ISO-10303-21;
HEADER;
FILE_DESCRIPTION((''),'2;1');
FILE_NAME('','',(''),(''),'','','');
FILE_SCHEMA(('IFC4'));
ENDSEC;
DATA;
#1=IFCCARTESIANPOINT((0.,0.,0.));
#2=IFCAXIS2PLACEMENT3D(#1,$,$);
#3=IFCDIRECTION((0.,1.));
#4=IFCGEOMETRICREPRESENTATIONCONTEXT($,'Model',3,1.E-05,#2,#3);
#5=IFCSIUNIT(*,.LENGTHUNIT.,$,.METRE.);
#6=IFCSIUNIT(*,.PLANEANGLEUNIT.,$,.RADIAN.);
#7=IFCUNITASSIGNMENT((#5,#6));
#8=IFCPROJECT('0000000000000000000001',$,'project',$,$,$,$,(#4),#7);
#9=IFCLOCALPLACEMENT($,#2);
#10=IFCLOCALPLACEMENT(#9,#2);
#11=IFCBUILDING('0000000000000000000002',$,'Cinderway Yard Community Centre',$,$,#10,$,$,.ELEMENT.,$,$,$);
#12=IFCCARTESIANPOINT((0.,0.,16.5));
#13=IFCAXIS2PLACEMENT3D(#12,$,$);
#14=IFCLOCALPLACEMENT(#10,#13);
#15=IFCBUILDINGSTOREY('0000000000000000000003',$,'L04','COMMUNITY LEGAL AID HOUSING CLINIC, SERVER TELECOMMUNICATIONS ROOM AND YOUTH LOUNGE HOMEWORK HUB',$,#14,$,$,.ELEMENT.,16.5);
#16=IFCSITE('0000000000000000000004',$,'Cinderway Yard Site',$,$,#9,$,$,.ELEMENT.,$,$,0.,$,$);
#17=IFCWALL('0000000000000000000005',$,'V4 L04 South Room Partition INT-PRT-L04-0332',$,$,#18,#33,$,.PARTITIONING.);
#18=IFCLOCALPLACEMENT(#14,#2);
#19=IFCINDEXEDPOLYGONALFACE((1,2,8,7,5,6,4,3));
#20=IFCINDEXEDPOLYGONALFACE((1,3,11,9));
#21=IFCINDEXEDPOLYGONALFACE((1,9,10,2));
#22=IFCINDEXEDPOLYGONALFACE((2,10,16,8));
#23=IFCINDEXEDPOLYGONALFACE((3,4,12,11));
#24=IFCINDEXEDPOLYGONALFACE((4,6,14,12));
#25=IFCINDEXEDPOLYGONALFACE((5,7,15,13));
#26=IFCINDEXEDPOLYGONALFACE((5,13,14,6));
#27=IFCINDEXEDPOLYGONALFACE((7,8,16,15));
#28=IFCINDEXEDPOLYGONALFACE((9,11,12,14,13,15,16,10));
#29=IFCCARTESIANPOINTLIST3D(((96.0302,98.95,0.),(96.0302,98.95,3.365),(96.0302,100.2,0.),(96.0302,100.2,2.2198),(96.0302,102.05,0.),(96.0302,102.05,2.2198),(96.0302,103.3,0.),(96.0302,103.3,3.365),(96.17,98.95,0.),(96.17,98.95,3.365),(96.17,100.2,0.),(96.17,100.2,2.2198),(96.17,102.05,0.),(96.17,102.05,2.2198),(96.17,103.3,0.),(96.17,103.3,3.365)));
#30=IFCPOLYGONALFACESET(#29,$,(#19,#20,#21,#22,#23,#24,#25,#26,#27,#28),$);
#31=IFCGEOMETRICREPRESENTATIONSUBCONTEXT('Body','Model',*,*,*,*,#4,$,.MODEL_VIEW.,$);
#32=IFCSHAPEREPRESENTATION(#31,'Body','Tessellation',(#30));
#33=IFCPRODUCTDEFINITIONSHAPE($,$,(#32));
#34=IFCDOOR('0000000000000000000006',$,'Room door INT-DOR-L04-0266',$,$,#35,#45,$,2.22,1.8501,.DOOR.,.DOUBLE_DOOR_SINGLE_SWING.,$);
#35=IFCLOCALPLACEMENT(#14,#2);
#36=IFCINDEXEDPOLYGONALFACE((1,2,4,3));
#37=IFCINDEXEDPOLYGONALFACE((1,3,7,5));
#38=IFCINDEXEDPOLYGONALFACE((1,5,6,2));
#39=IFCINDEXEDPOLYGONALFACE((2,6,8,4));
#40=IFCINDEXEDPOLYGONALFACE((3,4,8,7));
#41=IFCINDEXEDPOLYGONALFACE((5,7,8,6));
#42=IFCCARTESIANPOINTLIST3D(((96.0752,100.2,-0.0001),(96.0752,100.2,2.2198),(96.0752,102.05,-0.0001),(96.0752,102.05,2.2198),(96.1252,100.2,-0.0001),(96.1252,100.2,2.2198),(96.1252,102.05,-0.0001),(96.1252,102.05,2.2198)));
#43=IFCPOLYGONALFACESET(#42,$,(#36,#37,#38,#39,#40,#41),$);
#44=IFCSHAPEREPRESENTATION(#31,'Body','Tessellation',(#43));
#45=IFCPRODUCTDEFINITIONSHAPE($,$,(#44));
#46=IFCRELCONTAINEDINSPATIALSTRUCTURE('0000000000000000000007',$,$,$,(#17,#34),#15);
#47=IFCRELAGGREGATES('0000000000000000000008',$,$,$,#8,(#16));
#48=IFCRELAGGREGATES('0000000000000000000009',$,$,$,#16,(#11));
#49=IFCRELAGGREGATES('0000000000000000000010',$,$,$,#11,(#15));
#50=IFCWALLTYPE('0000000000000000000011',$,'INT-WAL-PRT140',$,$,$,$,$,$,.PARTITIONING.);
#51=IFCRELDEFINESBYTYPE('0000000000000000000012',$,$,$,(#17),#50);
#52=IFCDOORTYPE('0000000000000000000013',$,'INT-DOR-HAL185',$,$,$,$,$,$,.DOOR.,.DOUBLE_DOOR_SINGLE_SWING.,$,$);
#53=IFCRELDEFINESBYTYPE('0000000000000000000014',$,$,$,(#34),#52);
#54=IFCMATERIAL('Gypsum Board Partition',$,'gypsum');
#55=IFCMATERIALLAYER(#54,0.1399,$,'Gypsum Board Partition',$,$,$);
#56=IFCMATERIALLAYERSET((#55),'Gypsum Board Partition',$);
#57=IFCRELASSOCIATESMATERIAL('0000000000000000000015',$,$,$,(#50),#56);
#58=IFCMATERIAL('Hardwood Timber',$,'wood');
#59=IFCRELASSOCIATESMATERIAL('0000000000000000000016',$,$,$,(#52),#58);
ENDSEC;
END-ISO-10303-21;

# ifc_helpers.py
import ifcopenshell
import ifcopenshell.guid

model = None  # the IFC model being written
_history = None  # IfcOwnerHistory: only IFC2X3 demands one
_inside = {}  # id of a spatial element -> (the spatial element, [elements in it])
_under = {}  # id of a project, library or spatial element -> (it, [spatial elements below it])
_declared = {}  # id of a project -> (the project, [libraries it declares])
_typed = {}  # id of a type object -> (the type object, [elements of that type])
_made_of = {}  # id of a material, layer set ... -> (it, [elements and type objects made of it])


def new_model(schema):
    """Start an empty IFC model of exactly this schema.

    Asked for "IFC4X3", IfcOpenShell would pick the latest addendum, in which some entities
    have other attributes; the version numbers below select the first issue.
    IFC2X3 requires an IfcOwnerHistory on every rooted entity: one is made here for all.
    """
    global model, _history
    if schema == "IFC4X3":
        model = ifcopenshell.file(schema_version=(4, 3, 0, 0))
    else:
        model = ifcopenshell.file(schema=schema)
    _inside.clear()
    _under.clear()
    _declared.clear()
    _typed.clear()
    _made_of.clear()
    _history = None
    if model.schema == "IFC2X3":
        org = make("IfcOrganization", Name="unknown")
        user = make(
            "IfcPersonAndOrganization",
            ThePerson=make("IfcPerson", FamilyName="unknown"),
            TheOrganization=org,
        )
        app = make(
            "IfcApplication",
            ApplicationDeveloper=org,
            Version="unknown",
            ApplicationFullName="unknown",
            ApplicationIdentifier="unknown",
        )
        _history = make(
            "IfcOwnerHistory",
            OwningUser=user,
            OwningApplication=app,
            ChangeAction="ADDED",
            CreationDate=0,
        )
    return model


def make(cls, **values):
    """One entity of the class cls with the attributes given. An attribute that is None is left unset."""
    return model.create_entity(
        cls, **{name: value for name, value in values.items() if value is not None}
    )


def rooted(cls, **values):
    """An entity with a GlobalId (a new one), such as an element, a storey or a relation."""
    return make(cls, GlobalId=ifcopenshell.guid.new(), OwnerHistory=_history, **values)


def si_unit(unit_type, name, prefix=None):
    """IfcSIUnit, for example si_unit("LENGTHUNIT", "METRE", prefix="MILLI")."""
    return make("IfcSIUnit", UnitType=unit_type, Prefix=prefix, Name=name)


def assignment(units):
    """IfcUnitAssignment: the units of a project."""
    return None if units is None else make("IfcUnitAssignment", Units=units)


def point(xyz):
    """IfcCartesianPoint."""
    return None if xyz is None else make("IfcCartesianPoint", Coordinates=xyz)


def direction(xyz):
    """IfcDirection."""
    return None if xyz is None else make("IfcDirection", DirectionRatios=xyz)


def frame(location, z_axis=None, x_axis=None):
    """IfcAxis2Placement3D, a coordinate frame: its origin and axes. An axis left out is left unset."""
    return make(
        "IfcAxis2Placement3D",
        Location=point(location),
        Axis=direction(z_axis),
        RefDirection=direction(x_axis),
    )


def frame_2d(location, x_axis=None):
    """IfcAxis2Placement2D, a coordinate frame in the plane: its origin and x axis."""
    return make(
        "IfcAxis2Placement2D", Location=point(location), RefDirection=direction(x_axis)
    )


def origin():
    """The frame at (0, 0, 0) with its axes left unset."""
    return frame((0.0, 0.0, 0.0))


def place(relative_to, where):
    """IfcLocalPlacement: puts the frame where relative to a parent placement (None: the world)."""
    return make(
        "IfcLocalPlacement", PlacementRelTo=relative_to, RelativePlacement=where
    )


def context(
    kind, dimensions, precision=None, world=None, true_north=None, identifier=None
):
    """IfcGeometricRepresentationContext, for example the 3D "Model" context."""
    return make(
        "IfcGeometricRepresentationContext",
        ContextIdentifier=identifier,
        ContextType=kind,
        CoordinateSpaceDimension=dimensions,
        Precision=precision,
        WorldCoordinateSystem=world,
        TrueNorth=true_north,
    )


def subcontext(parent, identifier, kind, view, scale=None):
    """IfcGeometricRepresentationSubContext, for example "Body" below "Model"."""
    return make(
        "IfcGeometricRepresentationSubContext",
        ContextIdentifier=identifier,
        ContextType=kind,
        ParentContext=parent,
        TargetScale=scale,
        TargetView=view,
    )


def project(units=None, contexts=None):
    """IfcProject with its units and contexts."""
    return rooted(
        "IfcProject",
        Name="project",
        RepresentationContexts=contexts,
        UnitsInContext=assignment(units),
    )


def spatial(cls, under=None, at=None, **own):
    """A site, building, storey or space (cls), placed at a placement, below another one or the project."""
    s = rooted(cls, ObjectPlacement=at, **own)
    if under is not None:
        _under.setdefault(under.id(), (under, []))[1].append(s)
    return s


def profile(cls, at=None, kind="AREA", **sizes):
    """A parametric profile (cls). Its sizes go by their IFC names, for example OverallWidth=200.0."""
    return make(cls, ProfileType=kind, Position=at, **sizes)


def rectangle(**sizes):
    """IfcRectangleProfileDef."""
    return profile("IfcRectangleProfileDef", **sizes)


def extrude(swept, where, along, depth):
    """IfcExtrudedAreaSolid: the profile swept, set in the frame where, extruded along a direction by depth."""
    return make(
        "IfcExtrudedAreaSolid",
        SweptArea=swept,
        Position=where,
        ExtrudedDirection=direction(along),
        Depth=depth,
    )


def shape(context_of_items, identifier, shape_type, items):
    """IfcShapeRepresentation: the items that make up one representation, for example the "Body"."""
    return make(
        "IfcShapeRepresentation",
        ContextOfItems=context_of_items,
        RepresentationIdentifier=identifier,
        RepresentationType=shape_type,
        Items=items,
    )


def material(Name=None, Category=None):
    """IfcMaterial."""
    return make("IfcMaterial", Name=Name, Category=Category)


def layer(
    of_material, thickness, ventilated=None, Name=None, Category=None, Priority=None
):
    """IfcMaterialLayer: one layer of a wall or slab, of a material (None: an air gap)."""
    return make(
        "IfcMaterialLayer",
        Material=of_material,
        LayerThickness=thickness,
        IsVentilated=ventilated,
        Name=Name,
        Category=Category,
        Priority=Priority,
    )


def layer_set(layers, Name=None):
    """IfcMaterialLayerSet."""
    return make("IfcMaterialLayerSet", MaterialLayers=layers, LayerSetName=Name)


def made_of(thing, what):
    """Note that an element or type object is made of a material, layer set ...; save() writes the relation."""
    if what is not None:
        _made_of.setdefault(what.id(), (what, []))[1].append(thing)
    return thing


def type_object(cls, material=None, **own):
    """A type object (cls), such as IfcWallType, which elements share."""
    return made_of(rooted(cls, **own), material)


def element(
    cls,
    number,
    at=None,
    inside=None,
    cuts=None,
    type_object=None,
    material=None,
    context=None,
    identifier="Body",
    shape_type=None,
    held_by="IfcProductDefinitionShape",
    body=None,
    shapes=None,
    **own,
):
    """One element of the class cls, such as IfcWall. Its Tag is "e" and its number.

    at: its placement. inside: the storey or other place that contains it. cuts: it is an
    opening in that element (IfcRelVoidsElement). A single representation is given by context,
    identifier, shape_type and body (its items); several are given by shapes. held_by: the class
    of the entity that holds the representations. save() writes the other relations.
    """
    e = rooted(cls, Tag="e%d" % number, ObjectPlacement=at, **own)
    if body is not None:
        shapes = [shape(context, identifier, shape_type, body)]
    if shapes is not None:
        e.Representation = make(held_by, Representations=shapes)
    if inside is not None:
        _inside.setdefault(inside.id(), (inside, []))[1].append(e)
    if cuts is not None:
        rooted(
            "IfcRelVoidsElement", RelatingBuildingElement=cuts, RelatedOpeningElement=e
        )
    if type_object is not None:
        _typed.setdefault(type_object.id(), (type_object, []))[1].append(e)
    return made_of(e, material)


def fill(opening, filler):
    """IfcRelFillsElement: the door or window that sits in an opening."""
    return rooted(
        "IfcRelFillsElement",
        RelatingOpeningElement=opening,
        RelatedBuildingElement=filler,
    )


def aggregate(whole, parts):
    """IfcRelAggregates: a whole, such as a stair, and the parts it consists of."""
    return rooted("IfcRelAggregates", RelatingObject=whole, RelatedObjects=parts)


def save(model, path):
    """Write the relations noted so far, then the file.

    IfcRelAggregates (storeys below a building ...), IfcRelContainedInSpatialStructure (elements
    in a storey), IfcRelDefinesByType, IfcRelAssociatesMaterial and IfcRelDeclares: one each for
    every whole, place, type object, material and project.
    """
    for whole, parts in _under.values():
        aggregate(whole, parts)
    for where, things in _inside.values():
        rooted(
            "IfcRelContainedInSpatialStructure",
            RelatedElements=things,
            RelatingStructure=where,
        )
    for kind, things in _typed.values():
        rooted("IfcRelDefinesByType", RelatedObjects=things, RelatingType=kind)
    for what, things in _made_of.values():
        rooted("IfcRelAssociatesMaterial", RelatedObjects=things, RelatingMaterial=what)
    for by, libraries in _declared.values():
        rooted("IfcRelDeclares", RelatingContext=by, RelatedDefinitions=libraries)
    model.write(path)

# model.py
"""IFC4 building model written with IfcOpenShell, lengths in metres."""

from ifc_helpers import new_model, si_unit, direction, frame, frame_2d, origin, place, context, subcontext, project, spatial, rectangle, extrude, material, layer, layer_set, type_object, element, fill, save


model = new_model("IFC4")

# Units and contexts
model_context = context("Model", 3, precision=1e-05, world=origin(), true_north=direction((0.0, 1.0)))
body_context = subcontext(model_context, "Body", "Model", "MODEL_VIEW")
ifc_project = project(units=[si_unit("LENGTHUNIT", "METRE"), si_unit("PLANEANGLEUNIT", "RADIAN")], contexts=[model_context])

# Site, building, storey
site_placement = place(None, origin())
site = spatial("IfcSite", under=ifc_project, at=site_placement, Name="Cinderway Yard Site", CompositionType="ELEMENT", RefElevation=0.0)
building_placement = place(site_placement, origin())
building = spatial("IfcBuilding", under=site, at=building_placement, Name="Cinderway Yard Community Centre", CompositionType="ELEMENT")
storey_placement = place(building_placement, frame((0.0, 0.0, 16.5)))
storey = spatial("IfcBuildingStorey", under=building, at=storey_placement, Name="L04", Description="COMMUNITY LEGAL AID HOUSING CLINIC, SERVER TELECOMMUNICATIONS ROOM AND YOUTH LOUNGE HOMEWORK HUB", CompositionType="ELEMENT", Elevation=16.5)

# Wall, opening, door
ifc_material_1 = material(Name="Gypsum Board Partition", Category="gypsum")
ifc_material_2 = material(Name="Hardwood Timber", Category="wood")
ifc_layer_1 = layer(ifc_material_1, 0.1399, Name="Gypsum Board Partition")
ifc_layer_set_1 = layer_set([ifc_layer_1], Name="Gypsum Board Partition")
wall_type_1 = type_object("IfcWallType", Name="INT-WAL-PRT140", PredefinedType="PARTITIONING", material=ifc_layer_set_1)
wall_1_placement = place(storey_placement, frame((96.1001, 98.95, 0.0), z_axis=(0.0, 0.0, 1.0), x_axis=(0.0, 1.0, 0.0)))
wall_1 = element("IfcWall", 1, at=wall_1_placement, inside=storey, type_object=wall_type_1, Name="V4 L04 South Room Partition INT-PRT-L04-0332", PredefinedType="PARTITIONING", context=body_context, shape_type="SweptSolid", body=[
    extrude(rectangle(XDim=4.3501, YDim=0.1399, at=frame_2d((2.175, 0.0))), origin(), (0.0, 0.0, 1.0), 3.365),
])
opening_1_placement = place(wall_1_placement, frame((1.25, 0.0, 0.0)))
opening_1 = element("IfcOpeningElement", 2, at=opening_1_placement, cuts=wall_1, PredefinedType="OPENING", context=body_context, shape_type="SweptSolid", body=[
    extrude(rectangle(XDim=1.8501, YDim=2.22, at=frame_2d((0.925, 1.1099))), frame((0.0, 0.0798, 0.0), z_axis=(0.0, -1.0, 0.0), x_axis=(1.0, 0.0, 0.0)), (0.0, 0.0, 1.0), 0.1599),
])
door_type_1 = type_object("IfcDoorType", Name="INT-DOR-HAL185", OperationType="DOUBLE_DOOR_SINGLE_SWING", PredefinedType="DOOR", material=ifc_material_2)
door_1_placement = place(opening_1_placement, origin())
door_1 = element("IfcDoor", 3, at=door_1_placement, inside=storey, type_object=door_type_1, Name="Room door INT-DOR-L04-0266", OperationType="DOUBLE_DOOR_SINGLE_SWING", OverallHeight=2.22, OverallWidth=1.8501, PredefinedType="DOOR", context=body_context, shape_type="SweptSolid", body=[
    extrude(rectangle(XDim=1.8501, YDim=2.22, at=frame_2d((0.925, 1.1099))), frame((0.0, 0.0249, 0.0), z_axis=(0.0, -1.0, 0.0), x_axis=(1.0, 0.0, 0.0)), (0.0, 0.0, 1.0), 0.05),
])
fill(opening_1, door_1)

save(model, "model.ifc")
